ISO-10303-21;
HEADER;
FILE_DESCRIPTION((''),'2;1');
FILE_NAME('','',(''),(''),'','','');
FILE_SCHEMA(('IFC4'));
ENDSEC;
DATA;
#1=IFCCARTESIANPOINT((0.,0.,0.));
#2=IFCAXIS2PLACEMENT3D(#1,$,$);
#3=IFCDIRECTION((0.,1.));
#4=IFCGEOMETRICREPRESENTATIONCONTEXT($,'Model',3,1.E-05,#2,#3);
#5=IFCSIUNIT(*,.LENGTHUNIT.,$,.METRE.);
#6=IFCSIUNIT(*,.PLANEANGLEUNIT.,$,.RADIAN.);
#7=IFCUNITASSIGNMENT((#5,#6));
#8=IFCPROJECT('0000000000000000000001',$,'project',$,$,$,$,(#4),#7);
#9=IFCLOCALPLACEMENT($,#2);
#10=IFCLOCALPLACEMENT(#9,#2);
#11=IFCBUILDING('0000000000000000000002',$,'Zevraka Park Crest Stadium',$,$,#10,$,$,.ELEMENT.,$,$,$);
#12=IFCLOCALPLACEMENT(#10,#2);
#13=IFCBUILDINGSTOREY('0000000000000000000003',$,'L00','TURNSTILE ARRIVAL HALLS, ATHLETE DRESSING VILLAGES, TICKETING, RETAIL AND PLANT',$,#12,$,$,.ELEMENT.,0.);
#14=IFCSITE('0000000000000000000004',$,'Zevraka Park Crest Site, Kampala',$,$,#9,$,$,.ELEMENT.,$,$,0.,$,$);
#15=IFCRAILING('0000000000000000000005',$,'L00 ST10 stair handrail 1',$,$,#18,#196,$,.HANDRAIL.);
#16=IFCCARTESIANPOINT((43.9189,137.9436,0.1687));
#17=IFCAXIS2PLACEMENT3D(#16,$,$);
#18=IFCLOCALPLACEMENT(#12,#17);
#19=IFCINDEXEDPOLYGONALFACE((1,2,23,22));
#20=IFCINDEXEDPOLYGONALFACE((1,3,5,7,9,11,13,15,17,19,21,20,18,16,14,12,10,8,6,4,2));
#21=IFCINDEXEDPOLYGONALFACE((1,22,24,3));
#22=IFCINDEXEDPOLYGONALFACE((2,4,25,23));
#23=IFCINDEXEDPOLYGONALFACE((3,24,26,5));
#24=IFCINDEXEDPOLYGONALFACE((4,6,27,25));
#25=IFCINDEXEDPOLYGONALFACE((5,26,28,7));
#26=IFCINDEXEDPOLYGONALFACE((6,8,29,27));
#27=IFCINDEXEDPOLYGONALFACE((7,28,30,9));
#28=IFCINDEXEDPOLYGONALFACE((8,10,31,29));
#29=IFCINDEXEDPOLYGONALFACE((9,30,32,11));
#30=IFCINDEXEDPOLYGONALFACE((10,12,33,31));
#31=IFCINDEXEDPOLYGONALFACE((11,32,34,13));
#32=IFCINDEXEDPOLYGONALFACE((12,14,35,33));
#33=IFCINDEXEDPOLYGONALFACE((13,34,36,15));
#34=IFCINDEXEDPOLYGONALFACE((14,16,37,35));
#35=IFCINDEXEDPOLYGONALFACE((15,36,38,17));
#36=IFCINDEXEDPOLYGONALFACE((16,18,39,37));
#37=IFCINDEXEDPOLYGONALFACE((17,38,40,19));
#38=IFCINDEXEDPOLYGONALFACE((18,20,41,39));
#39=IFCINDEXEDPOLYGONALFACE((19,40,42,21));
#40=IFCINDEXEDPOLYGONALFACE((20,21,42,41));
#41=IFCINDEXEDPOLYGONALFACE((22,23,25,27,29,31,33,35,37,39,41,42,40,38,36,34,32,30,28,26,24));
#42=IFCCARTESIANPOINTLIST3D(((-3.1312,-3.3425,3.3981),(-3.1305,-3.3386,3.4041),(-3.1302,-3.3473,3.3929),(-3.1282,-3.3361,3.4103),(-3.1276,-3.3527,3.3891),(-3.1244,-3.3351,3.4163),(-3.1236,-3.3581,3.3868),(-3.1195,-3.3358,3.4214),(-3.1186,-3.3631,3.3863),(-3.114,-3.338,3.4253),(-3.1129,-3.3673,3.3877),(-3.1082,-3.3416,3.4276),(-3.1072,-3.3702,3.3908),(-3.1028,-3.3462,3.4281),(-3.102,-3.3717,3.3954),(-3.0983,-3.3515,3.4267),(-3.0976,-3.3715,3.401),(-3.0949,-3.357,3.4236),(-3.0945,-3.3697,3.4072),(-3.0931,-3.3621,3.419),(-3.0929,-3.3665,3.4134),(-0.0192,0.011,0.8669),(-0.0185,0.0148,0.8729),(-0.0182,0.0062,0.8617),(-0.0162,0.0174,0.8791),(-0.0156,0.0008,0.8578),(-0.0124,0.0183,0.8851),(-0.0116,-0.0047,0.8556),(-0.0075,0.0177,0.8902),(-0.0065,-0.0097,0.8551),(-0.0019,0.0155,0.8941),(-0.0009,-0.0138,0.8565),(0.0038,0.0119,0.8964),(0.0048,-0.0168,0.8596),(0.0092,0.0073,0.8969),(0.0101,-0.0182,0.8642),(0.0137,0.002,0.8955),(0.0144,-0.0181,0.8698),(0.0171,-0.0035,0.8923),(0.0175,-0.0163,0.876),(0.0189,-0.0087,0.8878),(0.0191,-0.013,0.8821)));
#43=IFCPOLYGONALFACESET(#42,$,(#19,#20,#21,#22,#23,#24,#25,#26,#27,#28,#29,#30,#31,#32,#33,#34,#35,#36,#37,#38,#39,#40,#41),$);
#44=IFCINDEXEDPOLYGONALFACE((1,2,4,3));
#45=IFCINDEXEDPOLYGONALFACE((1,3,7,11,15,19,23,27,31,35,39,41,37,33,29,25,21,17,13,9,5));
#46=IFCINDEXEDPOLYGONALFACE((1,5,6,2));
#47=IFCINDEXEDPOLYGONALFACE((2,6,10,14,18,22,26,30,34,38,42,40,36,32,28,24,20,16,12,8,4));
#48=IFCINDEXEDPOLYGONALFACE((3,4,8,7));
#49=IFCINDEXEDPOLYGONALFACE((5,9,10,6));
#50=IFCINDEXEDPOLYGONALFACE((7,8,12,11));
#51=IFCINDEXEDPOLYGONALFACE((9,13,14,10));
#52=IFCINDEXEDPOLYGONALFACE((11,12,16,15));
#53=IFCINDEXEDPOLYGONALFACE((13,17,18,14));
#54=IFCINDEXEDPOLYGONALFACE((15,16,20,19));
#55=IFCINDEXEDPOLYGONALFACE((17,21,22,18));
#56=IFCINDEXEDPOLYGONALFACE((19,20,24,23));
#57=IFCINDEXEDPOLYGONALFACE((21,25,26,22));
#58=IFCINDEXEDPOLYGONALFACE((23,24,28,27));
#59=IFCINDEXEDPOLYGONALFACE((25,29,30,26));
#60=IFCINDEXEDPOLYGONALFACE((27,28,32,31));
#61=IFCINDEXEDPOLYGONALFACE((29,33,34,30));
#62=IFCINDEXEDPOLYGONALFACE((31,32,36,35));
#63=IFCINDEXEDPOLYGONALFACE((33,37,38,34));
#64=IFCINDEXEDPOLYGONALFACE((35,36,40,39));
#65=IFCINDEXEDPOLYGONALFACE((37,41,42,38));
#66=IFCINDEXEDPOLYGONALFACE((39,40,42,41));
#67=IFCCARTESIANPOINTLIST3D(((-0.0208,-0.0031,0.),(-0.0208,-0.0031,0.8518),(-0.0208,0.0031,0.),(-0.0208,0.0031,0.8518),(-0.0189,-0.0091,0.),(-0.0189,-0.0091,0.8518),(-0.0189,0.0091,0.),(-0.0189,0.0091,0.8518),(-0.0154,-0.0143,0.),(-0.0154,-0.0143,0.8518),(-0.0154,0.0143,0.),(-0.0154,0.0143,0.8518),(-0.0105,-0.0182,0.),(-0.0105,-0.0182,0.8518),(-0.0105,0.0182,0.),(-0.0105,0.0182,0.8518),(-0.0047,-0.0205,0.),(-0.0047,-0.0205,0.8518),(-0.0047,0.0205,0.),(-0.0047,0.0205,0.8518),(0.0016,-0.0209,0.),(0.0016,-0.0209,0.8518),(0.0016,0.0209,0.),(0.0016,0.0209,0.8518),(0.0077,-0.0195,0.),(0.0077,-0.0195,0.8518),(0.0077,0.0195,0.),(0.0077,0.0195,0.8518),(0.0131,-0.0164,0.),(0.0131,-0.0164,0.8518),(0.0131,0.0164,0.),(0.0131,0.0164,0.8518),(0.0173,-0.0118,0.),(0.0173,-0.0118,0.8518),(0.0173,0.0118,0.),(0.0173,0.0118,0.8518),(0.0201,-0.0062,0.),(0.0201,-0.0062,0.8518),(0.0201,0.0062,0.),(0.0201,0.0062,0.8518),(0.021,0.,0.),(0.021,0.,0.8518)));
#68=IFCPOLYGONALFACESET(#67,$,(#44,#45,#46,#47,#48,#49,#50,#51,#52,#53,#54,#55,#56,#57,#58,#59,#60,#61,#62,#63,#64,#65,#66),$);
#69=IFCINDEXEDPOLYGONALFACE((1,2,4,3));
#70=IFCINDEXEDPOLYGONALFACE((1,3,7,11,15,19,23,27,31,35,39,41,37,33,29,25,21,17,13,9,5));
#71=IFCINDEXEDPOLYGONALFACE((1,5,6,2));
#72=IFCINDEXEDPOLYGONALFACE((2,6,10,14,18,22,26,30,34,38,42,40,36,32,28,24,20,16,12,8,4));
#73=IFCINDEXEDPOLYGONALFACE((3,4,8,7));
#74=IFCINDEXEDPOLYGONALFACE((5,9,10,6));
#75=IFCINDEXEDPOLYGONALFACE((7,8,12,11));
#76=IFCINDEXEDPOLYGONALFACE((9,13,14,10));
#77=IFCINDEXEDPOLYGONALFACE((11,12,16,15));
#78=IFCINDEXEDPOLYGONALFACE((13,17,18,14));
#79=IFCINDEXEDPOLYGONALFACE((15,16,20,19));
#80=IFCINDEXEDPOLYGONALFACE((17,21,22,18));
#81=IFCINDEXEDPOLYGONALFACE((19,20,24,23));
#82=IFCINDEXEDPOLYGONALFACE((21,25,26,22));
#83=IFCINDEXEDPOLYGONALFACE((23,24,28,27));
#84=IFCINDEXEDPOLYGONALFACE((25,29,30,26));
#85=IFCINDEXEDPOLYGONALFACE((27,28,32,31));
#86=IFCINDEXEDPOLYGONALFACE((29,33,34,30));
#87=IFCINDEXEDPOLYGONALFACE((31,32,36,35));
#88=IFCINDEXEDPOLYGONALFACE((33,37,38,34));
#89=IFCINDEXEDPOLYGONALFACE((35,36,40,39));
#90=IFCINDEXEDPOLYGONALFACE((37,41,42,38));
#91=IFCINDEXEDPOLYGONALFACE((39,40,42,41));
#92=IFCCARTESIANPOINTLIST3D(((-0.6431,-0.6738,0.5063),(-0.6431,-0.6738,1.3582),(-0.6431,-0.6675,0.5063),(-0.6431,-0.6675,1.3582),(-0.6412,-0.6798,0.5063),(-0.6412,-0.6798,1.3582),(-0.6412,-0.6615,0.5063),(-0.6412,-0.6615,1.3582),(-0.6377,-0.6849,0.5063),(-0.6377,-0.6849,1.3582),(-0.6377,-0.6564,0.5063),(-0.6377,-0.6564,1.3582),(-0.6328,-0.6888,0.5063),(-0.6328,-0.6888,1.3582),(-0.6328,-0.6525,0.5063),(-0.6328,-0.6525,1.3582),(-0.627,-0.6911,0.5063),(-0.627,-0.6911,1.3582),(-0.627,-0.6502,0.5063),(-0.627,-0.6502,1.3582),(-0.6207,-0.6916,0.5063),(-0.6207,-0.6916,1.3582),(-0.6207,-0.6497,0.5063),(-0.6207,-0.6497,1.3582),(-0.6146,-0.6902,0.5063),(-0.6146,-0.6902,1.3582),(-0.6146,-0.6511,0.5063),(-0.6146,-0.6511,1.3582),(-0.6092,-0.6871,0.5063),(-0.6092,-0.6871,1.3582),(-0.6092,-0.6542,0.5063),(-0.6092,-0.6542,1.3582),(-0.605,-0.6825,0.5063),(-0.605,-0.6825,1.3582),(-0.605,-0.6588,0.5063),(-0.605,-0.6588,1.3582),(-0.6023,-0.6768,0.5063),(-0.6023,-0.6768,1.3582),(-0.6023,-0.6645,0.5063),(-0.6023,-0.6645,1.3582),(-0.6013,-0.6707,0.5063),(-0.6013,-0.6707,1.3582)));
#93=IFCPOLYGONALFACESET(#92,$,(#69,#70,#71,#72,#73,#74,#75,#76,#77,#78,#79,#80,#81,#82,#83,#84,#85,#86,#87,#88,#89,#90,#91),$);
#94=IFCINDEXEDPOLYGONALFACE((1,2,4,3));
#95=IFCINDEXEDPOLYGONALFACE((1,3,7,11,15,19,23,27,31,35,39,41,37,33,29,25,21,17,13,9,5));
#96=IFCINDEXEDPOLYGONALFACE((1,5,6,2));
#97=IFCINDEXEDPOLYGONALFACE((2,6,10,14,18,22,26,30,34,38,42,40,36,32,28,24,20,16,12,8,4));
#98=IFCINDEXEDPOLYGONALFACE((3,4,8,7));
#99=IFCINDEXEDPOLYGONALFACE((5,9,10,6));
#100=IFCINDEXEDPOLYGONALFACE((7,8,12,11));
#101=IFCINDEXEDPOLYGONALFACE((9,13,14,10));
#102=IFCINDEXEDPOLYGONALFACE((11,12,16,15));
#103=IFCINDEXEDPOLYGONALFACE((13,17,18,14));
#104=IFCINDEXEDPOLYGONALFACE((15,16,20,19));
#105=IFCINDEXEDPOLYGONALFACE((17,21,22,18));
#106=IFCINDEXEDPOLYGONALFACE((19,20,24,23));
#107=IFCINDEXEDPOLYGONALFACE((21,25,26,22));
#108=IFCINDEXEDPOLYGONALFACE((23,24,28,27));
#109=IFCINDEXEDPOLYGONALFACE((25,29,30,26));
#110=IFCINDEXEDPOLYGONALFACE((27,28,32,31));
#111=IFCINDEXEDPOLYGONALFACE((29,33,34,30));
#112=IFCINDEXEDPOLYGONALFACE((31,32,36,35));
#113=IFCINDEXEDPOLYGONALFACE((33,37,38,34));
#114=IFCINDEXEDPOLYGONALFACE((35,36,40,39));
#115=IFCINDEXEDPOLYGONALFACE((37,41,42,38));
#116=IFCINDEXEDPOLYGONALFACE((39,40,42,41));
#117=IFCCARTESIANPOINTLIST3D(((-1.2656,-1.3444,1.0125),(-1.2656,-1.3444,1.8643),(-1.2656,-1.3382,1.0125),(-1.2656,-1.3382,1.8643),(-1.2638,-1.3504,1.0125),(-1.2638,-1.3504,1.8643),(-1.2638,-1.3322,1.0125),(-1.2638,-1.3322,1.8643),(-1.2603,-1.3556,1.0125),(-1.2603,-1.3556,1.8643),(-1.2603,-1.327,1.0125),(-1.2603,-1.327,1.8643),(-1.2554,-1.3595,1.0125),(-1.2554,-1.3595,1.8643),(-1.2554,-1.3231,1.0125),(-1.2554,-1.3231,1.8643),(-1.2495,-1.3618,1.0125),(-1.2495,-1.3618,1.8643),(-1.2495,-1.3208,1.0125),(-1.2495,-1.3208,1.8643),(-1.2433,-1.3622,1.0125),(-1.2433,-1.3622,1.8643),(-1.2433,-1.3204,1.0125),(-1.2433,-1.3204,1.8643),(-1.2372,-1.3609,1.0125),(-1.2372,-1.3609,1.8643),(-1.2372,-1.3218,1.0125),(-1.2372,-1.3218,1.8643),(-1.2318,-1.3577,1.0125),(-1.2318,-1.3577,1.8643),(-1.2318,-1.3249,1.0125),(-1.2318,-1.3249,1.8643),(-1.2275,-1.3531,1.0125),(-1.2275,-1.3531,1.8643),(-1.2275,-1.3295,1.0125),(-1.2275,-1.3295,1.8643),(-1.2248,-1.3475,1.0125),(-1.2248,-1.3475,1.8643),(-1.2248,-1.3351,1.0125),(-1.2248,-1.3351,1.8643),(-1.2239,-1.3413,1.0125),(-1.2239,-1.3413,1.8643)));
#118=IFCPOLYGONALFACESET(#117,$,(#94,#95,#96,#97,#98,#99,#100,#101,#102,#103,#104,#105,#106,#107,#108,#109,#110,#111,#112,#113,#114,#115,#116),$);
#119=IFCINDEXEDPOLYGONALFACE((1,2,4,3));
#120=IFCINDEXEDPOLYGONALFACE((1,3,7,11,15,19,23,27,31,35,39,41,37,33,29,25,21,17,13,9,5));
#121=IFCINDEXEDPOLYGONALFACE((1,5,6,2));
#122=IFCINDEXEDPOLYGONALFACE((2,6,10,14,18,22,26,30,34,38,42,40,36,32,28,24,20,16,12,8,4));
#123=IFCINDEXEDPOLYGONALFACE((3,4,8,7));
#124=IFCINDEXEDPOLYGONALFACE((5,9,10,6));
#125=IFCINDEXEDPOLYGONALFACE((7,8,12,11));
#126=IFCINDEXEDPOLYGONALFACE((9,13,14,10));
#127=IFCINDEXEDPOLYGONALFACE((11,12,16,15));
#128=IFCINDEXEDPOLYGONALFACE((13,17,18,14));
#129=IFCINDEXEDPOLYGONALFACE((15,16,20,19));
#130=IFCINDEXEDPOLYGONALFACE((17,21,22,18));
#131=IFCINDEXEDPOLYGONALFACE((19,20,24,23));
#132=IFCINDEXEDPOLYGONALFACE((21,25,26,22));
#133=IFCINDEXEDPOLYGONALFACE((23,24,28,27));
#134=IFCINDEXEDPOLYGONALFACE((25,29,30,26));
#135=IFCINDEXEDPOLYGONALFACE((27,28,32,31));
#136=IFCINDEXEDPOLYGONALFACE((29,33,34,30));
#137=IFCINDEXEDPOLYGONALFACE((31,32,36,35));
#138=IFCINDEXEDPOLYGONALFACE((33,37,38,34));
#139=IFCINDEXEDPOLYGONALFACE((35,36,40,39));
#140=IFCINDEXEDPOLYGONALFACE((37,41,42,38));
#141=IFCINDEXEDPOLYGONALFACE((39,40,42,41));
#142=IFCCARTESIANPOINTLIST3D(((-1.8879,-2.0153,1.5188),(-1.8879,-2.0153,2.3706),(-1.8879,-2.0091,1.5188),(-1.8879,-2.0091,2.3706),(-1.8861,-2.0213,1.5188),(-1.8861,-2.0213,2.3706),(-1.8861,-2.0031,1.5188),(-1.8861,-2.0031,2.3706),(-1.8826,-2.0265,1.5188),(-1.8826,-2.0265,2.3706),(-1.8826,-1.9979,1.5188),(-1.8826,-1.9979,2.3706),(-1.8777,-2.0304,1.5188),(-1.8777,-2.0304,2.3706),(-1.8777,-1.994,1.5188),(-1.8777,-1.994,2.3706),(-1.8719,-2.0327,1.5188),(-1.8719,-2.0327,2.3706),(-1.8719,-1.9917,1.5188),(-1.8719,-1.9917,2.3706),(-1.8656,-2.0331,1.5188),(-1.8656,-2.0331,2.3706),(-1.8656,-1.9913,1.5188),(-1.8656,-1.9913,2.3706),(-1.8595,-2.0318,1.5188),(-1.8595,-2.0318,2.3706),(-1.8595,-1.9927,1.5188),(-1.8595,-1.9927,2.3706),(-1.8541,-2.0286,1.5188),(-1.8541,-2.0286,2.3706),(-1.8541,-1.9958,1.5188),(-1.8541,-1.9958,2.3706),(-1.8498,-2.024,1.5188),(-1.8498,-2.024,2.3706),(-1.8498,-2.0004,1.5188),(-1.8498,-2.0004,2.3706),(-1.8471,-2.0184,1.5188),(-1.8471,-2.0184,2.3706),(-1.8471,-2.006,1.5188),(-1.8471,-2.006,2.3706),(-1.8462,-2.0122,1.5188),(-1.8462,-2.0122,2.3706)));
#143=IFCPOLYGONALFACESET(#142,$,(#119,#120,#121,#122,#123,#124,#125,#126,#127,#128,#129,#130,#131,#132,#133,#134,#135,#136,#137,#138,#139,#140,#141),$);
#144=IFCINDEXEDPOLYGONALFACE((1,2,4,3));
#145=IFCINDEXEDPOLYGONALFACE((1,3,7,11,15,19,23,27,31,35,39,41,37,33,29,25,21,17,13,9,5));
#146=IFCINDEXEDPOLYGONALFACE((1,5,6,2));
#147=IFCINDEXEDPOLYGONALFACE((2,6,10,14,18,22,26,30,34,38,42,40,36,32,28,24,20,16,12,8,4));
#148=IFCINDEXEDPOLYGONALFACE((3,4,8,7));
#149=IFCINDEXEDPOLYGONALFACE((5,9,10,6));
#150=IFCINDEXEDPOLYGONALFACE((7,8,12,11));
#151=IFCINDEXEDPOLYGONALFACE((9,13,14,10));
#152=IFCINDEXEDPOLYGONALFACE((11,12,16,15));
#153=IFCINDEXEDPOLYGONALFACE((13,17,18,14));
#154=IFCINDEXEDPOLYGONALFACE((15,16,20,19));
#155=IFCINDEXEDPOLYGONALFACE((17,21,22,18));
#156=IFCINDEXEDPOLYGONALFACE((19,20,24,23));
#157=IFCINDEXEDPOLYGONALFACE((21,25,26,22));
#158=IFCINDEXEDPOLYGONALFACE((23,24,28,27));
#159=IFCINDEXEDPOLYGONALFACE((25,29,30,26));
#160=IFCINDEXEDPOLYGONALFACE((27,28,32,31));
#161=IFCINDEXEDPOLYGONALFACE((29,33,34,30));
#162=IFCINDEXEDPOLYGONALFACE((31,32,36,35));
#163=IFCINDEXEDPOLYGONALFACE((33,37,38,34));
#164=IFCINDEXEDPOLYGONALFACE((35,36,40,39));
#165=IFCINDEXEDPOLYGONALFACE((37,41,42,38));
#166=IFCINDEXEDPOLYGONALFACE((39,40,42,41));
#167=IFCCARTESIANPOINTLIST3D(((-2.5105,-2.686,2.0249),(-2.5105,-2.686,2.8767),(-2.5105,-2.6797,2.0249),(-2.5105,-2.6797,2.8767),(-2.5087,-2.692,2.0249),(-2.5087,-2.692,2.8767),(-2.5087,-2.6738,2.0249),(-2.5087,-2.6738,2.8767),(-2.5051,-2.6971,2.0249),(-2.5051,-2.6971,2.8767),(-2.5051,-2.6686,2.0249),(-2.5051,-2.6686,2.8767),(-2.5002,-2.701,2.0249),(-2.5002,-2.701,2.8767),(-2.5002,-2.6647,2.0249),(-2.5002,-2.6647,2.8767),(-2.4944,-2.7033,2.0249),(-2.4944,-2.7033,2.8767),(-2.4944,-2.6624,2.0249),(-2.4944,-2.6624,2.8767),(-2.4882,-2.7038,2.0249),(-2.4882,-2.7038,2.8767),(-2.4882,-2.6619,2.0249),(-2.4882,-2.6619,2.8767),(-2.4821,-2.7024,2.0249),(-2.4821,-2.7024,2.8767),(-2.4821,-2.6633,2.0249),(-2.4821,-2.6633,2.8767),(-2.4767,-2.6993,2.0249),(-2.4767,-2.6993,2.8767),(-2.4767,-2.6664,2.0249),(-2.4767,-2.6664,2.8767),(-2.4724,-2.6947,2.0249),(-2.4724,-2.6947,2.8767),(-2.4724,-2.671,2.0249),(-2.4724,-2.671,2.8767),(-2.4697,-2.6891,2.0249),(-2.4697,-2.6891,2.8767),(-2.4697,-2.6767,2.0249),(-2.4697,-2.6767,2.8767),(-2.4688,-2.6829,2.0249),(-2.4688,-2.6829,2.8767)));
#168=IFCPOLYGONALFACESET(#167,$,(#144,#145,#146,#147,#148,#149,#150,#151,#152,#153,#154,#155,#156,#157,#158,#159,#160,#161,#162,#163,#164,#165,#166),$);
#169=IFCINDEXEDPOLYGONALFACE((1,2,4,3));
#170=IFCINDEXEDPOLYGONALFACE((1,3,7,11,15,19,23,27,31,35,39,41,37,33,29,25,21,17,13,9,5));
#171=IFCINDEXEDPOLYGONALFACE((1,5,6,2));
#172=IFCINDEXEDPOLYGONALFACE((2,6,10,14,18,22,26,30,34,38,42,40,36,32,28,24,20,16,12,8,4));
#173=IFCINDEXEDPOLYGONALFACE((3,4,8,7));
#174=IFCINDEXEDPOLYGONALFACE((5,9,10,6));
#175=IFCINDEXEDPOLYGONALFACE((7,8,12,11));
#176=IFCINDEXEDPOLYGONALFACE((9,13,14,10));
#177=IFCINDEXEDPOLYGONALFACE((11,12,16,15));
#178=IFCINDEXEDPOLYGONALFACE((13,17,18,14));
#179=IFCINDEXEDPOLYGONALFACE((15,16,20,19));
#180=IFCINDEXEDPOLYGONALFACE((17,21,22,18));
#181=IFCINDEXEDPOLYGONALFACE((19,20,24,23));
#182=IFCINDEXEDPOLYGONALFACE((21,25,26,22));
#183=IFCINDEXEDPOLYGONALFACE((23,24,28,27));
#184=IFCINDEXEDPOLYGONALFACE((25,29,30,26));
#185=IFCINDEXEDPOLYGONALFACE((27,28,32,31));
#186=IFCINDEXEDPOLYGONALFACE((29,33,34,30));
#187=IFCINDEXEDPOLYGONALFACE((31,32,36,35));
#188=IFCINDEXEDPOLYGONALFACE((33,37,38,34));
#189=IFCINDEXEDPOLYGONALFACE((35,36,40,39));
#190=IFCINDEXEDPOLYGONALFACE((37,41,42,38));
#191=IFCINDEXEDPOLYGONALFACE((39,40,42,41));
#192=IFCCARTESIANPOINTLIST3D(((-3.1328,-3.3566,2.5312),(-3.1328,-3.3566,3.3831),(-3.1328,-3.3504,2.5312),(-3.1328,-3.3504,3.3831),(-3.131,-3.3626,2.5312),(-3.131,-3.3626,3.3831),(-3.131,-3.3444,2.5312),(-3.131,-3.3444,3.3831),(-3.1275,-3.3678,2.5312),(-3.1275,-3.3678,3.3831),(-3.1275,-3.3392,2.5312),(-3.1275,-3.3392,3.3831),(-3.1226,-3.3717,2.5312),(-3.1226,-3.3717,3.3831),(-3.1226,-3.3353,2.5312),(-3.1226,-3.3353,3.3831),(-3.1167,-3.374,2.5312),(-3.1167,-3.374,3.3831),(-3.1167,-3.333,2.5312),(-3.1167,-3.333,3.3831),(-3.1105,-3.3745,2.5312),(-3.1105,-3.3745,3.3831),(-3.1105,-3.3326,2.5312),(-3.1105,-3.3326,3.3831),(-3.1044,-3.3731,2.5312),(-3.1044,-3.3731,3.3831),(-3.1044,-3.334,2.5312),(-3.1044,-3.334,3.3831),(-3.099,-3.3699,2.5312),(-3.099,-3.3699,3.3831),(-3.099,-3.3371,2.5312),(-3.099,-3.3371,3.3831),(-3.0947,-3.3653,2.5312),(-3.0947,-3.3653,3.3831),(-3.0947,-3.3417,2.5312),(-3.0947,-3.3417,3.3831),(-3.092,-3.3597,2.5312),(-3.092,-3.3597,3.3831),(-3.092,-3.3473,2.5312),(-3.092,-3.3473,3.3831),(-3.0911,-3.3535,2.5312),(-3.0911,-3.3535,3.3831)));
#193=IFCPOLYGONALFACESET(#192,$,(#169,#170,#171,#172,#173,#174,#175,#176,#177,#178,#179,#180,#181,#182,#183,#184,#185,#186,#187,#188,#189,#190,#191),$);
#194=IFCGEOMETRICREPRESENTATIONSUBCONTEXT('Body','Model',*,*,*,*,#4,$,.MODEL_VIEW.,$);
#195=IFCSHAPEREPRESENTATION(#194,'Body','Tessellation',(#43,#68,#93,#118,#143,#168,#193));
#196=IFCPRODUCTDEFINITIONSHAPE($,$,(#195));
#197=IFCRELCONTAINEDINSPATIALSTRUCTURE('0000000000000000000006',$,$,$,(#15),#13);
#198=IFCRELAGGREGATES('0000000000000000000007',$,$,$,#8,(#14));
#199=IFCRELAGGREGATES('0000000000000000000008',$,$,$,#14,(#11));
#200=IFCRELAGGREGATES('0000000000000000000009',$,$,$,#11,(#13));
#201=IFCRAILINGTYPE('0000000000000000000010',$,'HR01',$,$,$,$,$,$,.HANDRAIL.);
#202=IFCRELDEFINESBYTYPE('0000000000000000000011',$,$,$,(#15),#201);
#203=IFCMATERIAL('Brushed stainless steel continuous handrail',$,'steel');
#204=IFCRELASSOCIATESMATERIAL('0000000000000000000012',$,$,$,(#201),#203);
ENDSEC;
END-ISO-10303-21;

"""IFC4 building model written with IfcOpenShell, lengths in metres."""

from ifc_helpers import new_model, si_unit, direction, frame, origin, origin_2d, place, context, subcontext, project, spatial, circle, extrude, material, type_object, element, save


model = new_model("IFC4")

# Units and contexts
model_context = context("Model", 3, precision=1e-05, world=origin(), true_north=direction((0.0, 1.0)))
body_context = subcontext(model_context, "Body", "Model", "MODEL_VIEW")
ifc_project = project(units=[si_unit("LENGTHUNIT", "METRE"), si_unit("PLANEANGLEUNIT", "RADIAN")], contexts=[model_context])

# Site, building, storey
site_placement = place(None, origin())
site = spatial("IfcSite", under=ifc_project, at=site_placement, Name="Zevraka Park Crest Site, Kampala", CompositionType="ELEMENT", RefElevation=0.0)
building_placement = place(site_placement, origin())
building = spatial("IfcBuilding", under=site, at=building_placement, Name="Zevraka Park Crest Stadium", CompositionType="ELEMENT")
storey_placement = place(building_placement, origin())
storey = spatial("IfcBuildingStorey", under=building, at=storey_placement, Name="L00", Description="TURNSTILE ARRIVAL HALLS, ATHLETE DRESSING VILLAGES, TICKETING, RETAIL AND PLANT", CompositionType="ELEMENT", Elevation=0.0)

# Railing
ifc_material_1 = material(Name="Brushed stainless steel continuous handrail", Category="steel")
railing_type_1 = type_object("IfcRailingType", Name="HR01", PredefinedType="HANDRAIL", material=ifc_material_1)
railing_1_placement = place(storey_placement, frame((43.9189, 137.9436, 0.1687)))
element("IfcRailing", 1, at=railing_1_placement, inside=storey, type_object=railing_type_1, Name="L00 ST10 stair handrail 1", PredefinedType="HANDRAIL", context=body_context, shape_type="SweptSolid", body=[
    extrude(circle(Radius=0.0239, at=origin_2d()), frame((0.0, 0.0, 0.876), z_axis=(-0.5952, -0.64138, 0.484117), x_axis=(0.733003, -0.680226, 0.0)), (0.0, 0.0, 1.0), 5.2285),
    extrude(circle(Radius=0.021, at=origin_2d()), origin(), (0.0, 0.0, 1.0), 0.8518),
    extrude(circle(Radius=0.021, at=origin_2d()), frame((-0.6223, -0.6707, 0.5063)), (0.0, 0.0, 1.0), 0.8518),
    extrude(circle(Radius=0.021, at=origin_2d()), frame((-1.2449, -1.3413, 1.0125)), (0.0, 0.0, 1.0), 0.8518),
    extrude(circle(Radius=0.021, at=origin_2d()), frame((-1.8672, -2.0122, 1.5188)), (0.0, 0.0, 1.0), 0.8518),
    extrude(circle(Radius=0.021, at=origin_2d()), frame((-2.4897, -2.6829, 2.0249)), (0.0, 0.0, 1.0), 0.8518),
    extrude(circle(Radius=0.021, at=origin_2d()), frame((-3.1121, -3.3535, 2.5312)), (0.0, 0.0, 1.0), 0.8518),
])

save(model, "model.ifc")
